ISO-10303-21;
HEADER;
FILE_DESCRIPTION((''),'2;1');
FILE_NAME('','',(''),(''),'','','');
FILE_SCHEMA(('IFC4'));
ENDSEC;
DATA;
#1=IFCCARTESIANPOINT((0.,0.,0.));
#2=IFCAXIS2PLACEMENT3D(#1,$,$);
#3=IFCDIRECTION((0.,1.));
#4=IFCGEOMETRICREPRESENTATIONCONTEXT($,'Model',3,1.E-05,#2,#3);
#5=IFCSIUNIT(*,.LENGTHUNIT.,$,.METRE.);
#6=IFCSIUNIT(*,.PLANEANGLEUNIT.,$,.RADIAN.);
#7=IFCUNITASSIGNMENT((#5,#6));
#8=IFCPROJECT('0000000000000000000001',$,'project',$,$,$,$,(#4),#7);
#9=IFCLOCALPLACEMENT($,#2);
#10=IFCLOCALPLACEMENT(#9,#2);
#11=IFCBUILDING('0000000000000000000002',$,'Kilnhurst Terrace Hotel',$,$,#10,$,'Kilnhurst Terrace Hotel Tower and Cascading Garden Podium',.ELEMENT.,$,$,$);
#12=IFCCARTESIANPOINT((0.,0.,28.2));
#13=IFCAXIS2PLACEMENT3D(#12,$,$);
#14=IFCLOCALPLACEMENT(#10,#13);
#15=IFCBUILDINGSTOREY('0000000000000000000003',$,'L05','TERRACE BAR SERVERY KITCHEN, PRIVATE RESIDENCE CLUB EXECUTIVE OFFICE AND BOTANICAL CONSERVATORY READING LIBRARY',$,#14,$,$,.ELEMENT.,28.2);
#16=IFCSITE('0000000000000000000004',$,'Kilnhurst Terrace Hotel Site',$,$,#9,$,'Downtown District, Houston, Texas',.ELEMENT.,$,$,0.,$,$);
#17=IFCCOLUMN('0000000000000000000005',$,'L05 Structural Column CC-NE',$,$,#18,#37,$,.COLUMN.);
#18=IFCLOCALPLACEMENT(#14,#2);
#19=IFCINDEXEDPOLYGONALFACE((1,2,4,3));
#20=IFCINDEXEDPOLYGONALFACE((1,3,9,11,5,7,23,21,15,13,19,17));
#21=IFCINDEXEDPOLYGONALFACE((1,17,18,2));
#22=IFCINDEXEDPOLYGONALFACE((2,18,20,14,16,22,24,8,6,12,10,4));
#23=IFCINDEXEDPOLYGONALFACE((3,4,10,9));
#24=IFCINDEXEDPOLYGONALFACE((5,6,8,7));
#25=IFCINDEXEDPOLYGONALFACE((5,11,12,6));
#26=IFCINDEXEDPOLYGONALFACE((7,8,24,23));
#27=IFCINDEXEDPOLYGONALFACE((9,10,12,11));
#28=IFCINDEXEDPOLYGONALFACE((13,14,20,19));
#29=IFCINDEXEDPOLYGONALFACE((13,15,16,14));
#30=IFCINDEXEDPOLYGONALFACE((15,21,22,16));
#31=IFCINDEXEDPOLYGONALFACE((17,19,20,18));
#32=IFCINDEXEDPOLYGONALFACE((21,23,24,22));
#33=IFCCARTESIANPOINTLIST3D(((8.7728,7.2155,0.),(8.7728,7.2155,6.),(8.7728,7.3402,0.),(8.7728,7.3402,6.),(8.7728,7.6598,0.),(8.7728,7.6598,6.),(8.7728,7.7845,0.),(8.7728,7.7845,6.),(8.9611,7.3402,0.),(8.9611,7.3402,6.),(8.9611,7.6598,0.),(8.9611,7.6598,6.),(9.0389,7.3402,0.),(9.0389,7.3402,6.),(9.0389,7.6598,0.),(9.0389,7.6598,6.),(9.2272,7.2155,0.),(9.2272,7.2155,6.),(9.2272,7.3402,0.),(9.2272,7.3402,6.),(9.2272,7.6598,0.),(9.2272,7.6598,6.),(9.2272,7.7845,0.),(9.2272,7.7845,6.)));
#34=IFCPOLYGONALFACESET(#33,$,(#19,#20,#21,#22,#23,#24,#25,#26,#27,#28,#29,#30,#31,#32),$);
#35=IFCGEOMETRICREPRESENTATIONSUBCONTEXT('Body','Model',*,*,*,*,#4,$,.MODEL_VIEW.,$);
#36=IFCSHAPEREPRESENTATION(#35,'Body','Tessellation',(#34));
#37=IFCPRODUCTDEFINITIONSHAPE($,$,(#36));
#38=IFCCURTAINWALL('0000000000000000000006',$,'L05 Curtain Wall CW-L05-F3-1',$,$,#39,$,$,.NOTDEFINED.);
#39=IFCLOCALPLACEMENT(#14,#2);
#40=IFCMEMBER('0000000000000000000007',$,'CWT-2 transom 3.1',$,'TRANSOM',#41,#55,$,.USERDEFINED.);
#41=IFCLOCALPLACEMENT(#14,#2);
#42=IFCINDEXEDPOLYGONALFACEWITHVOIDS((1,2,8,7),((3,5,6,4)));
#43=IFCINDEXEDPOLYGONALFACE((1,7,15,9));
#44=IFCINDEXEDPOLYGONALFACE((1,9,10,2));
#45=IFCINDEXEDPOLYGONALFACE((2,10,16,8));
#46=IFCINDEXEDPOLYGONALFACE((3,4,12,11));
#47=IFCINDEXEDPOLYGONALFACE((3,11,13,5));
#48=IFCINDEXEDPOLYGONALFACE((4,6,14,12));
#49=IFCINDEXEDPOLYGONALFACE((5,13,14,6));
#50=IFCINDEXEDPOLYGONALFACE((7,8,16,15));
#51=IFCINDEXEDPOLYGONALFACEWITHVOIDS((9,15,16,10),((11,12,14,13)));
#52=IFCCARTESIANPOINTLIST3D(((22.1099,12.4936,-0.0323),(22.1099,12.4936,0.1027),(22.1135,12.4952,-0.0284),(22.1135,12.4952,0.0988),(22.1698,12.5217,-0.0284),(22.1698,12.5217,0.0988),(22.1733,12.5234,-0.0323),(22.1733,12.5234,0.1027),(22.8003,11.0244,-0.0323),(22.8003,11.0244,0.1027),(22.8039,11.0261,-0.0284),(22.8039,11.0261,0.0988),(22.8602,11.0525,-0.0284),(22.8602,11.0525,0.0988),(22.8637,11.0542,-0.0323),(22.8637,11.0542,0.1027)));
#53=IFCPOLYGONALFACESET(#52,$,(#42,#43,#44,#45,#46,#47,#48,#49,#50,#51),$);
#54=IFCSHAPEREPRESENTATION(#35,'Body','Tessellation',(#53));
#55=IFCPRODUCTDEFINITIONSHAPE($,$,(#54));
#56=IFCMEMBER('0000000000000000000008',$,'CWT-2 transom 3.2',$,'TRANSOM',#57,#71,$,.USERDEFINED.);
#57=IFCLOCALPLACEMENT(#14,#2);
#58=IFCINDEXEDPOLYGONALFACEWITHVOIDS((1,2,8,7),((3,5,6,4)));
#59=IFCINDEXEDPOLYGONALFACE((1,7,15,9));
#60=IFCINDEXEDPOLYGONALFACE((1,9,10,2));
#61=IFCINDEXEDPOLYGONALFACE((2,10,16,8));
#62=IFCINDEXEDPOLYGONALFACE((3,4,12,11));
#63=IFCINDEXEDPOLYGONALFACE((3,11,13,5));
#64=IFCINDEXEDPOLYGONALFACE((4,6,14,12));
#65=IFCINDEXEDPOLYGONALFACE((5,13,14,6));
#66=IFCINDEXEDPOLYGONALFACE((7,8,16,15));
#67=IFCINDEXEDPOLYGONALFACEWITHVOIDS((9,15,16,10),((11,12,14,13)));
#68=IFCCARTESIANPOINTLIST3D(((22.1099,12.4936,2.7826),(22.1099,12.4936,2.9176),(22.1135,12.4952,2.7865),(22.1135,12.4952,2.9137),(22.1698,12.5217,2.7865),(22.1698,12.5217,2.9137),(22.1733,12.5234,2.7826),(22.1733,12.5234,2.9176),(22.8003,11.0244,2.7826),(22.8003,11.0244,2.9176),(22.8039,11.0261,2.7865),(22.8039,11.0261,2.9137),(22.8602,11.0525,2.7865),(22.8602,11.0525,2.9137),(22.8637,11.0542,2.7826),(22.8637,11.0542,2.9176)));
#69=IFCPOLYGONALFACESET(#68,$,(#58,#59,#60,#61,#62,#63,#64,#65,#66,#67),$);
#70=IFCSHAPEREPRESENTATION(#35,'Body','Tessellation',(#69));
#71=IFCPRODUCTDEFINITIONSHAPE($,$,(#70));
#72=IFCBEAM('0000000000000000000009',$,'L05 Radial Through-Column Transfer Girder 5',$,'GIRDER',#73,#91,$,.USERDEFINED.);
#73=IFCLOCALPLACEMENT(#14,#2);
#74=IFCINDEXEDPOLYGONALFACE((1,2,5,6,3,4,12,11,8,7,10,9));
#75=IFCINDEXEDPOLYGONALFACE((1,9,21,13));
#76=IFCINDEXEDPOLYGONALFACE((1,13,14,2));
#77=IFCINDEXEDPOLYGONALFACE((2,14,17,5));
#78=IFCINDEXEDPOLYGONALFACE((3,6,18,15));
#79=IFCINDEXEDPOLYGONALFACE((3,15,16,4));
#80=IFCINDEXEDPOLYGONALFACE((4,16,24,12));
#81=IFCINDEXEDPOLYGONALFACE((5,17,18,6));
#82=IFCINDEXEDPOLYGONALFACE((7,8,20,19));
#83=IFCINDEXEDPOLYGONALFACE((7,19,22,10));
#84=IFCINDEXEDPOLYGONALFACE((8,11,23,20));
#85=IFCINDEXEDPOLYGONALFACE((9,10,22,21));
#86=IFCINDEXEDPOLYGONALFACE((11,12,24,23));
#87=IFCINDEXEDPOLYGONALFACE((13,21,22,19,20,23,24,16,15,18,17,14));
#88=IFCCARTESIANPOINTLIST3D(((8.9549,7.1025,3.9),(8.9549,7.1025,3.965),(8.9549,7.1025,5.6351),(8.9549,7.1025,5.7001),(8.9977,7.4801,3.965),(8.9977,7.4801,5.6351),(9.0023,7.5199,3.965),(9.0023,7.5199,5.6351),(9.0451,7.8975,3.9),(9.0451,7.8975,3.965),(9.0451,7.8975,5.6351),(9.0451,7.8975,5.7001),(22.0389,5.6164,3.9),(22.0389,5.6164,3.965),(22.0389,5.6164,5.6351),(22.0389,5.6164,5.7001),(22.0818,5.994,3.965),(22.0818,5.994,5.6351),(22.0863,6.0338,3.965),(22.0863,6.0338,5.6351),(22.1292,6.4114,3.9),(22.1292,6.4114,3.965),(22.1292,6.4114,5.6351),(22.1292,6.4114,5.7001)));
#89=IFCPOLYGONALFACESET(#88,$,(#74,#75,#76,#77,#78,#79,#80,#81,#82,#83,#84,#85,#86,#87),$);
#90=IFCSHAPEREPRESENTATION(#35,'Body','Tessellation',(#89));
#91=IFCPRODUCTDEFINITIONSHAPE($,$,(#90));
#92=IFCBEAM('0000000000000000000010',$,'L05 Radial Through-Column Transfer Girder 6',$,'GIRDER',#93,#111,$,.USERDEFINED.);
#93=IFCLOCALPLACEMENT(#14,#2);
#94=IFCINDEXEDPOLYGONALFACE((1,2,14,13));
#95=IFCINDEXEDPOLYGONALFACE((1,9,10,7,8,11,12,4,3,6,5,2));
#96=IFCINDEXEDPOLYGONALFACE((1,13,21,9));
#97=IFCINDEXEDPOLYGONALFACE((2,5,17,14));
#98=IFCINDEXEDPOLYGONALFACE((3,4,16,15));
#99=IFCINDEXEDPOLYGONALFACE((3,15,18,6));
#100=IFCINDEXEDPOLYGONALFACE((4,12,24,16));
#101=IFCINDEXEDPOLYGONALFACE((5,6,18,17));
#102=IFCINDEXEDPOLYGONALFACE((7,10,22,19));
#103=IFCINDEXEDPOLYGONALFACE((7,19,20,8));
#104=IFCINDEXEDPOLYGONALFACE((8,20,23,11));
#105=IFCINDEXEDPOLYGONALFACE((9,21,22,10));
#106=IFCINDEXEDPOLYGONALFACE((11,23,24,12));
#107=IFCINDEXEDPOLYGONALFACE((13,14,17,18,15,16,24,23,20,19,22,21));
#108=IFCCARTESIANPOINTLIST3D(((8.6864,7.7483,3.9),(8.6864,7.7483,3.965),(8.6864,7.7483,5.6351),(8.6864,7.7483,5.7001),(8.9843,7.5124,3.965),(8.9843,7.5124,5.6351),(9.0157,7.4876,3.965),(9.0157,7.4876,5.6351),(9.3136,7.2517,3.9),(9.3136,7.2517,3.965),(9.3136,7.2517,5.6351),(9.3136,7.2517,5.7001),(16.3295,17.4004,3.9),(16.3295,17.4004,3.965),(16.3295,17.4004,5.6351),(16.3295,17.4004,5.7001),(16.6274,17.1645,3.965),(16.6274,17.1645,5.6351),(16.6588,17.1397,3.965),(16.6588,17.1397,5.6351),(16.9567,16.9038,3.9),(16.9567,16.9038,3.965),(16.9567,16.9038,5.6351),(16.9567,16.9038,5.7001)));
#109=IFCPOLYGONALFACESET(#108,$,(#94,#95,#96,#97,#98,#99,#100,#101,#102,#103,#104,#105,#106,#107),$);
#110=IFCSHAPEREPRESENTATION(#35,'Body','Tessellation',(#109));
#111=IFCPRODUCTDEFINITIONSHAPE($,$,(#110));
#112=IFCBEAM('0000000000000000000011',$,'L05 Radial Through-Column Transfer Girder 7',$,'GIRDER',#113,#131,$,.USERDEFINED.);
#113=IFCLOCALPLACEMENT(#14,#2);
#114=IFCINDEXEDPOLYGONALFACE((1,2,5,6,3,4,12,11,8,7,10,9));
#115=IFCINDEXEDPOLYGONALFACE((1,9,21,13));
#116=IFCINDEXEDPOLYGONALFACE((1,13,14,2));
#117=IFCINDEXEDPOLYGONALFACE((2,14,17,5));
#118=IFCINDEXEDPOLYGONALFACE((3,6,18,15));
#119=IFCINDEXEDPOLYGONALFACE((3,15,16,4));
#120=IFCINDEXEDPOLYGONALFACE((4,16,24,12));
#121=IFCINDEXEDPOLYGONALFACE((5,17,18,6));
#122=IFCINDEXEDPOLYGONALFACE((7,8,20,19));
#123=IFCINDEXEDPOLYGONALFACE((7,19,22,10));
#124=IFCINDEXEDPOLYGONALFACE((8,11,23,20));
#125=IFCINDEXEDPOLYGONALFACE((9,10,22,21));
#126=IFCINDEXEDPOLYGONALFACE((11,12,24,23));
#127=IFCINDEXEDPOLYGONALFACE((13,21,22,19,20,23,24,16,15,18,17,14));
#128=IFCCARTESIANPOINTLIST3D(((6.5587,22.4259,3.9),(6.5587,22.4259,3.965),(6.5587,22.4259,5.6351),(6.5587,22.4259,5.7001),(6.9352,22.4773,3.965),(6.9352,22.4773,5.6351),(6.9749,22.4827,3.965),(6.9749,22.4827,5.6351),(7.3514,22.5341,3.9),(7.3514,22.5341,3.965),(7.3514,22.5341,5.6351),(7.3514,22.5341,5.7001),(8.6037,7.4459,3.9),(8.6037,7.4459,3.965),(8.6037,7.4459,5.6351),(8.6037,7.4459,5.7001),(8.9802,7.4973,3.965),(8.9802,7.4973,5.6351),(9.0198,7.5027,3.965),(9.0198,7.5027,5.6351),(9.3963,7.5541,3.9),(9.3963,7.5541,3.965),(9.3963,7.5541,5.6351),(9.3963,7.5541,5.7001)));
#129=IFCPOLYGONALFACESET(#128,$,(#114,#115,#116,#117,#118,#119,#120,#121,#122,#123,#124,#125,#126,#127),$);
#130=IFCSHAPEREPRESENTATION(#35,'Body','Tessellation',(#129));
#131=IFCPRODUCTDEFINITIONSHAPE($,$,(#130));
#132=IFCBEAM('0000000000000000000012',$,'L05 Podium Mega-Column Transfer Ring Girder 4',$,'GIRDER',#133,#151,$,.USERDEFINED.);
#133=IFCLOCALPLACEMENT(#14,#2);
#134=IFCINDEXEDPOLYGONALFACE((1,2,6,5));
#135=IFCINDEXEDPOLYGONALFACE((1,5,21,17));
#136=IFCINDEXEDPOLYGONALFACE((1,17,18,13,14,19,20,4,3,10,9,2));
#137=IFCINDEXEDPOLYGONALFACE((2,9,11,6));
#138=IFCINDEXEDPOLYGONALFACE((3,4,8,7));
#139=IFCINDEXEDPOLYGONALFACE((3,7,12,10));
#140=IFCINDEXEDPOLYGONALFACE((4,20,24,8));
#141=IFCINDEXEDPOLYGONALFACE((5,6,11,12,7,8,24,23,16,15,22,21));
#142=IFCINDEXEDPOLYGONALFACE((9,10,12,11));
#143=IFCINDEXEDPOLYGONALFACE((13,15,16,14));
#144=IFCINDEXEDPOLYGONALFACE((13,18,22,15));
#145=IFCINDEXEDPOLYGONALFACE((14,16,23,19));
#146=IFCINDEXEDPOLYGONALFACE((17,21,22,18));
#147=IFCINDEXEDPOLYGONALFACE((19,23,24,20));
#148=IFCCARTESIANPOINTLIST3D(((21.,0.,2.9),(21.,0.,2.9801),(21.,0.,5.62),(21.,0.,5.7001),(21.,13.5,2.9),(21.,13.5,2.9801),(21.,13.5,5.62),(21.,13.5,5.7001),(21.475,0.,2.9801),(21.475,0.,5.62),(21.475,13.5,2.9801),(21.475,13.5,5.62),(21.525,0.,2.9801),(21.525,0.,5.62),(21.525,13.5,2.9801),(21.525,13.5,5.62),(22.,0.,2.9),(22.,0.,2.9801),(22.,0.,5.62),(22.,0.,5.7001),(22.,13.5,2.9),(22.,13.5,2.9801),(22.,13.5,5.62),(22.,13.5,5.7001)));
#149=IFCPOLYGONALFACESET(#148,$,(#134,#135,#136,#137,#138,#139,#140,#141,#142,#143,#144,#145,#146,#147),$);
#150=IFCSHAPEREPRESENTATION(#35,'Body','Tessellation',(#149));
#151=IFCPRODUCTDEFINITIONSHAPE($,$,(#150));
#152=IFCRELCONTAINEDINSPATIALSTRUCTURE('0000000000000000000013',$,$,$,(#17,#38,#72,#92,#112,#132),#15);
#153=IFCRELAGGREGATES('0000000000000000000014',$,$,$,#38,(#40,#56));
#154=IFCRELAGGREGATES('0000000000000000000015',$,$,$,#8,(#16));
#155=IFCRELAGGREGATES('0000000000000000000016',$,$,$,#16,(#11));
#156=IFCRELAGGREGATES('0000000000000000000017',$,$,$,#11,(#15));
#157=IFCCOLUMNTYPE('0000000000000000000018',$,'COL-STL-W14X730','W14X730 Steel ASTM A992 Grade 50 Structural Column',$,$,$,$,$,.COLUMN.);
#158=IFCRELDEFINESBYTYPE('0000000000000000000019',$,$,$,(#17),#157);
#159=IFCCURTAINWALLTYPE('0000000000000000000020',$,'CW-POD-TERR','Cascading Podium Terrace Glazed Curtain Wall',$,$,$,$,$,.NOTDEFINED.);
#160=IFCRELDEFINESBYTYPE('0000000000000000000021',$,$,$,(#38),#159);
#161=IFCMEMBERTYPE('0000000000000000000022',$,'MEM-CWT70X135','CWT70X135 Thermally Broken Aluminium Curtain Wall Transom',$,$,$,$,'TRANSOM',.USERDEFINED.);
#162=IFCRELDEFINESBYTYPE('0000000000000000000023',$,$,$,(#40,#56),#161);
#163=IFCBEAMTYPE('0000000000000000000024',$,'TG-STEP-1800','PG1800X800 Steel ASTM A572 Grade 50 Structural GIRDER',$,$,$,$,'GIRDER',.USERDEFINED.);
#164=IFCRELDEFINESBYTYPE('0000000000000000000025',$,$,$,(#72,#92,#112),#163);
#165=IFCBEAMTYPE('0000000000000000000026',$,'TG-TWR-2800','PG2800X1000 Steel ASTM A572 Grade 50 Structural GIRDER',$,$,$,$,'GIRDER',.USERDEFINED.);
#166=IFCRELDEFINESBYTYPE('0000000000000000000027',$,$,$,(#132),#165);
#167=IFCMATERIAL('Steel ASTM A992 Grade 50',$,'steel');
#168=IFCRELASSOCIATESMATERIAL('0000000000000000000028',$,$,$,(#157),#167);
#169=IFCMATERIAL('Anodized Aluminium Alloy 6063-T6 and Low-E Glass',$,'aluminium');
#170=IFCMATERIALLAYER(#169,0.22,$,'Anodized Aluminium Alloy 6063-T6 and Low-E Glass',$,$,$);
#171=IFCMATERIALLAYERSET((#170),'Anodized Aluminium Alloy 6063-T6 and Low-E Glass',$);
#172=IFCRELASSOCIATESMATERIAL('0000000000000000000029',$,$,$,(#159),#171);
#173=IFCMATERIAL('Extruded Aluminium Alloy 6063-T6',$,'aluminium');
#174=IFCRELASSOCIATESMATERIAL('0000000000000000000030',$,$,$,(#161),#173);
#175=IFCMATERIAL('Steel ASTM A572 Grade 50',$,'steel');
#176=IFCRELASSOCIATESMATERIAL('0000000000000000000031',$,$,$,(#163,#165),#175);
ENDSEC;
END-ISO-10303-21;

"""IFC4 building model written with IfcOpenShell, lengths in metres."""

from ifc_helpers import new_model, si_unit, direction, frame, origin, origin_2d, place, context, subcontext, project, spatial, hollow_rectangle, i_section, extrude, material, layer, layer_set, material_profile, profile_set, type_object, element, aggregate, save


model = new_model("IFC4")

# Units and contexts
model_context = context("Model", 3, precision=1e-05, world=origin(), true_north=direction((0.0, 1.0)))
body_context = subcontext(model_context, "Body", "Model", "MODEL_VIEW")
ifc_project = project(units=[si_unit("LENGTHUNIT", "METRE"), si_unit("PLANEANGLEUNIT", "RADIAN")], contexts=[model_context])

# Site, building, storey
site_placement = place(None, origin())
site = spatial("IfcSite", under=ifc_project, at=site_placement, Name="Kilnhurst Terrace Hotel Site", LongName="Downtown District, Houston, Texas", CompositionType="ELEMENT", RefElevation=0.0)
building_placement = place(site_placement, origin())
building = spatial("IfcBuilding", under=site, at=building_placement, Name="Kilnhurst Terrace Hotel", LongName="Kilnhurst Terrace Hotel Tower and Cascading Garden Podium", CompositionType="ELEMENT")
storey_placement = place(building_placement, frame((0.0, 0.0, 28.2)))
storey = spatial("IfcBuildingStorey", under=building, at=storey_placement, Name="L05", Description="TERRACE BAR SERVERY KITCHEN, PRIVATE RESIDENCE CLUB EXECUTIVE OFFICE AND BOTANICAL CONSERVATORY READING LIBRARY", CompositionType="ELEMENT", Elevation=28.2)

# Column
ifc_material_1 = material(Name="Steel ASTM A992 Grade 50", Category="steel")
ifc_material_profile_1 = material_profile(ifc_material_1, i_section(OverallWidth=0.4543, OverallDepth=0.5691, WebThickness=0.0779, FlangeThickness=0.1248, at=origin_2d()), Name="W14X730")
ifc_profile_set_1 = profile_set([ifc_material_profile_1], Name="Steel ASTM A992 Grade 50")
column_type = type_object("IfcColumnType", Name="COL-STL-W14X730", Description="W14X730 Steel ASTM A992 Grade 50 Structural Column", PredefinedType="COLUMN", material=ifc_profile_set_1)
column_placement = place(storey_placement, frame((9.0, 7.5, 0.0), z_axis=(0.0, 0.0, 1.0), x_axis=(1.0, 0.0, 0.0)))
element("IfcColumn", 1, at=column_placement, inside=storey, type_object=column_type, Name="L05 Structural Column CC-NE", PredefinedType="COLUMN", context=body_context, shape_type="SweptSolid", body=[
    extrude(i_section(OverallWidth=0.4543, OverallDepth=0.5691, WebThickness=0.0779, FlangeThickness=0.1248, at=origin_2d()), origin(), (0.0, 0.0, 1.0), 6.0),
])

# Curtain wall, members
ifc_material_2 = material(Name="Anodized Aluminium Alloy 6063-T6 and Low-E Glass", Category="aluminium")
ifc_layer_1 = layer(ifc_material_2, 0.22, Name="Anodized Aluminium Alloy 6063-T6 and Low-E Glass")
ifc_layer_set_1 = layer_set([ifc_layer_1], Name="Anodized Aluminium Alloy 6063-T6 and Low-E Glass")
curtain_wall_type = type_object("IfcCurtainWallType", Name="CW-POD-TERR", Description="Cascading Podium Terrace Glazed Curtain Wall", PredefinedType="NOTDEFINED", material=ifc_layer_set_1)
curtain_wall_placement = place(storey_placement, origin())
curtain_wall = element("IfcCurtainWall", 2, at=curtain_wall_placement, inside=storey, type_object=curtain_wall_type, Name="L05 Curtain Wall CW-L05-F3-1", PredefinedType="NOTDEFINED")
ifc_material_3 = material(Name="Extruded Aluminium Alloy 6063-T6", Category="aluminium")
ifc_material_profile_2 = material_profile(ifc_material_3, hollow_rectangle(XDim=0.0701, YDim=0.135, WallThickness=0.0039, at=origin_2d()), Name="CWT70X135")
ifc_profile_set_2 = profile_set([ifc_material_profile_2], Name="Extruded Aluminium Alloy 6063-T6")
member_type = type_object("IfcMemberType", Name="MEM-CWT70X135", Description="CWT70X135 Thermally Broken Aluminium Curtain Wall Transom", ElementType="TRANSOM", PredefinedType="USERDEFINED", material=ifc_profile_set_2)
member_1_placement = place(storey_placement, frame((22.832, 11.0393, 0.0352), z_axis=(-0.425304, 0.90505, 0.0), x_axis=(-0.90505, -0.425304, 0.0)))
member_1 = element("IfcMember", 3, at=member_1_placement, type_object=member_type, Name="CWT-2 transom 3.1", ObjectType="TRANSOM", PredefinedType="USERDEFINED", context=body_context, shape_type="SweptSolid", body=[
    extrude(hollow_rectangle(XDim=0.0701, YDim=0.135, WallThickness=0.0039, at=origin_2d()), origin(), (0.0, 0.0, 1.0), 1.6233),
])
member_2_placement = place(storey_placement, frame((22.832, 11.0393, 2.8501), z_axis=(-0.425304, 0.90505, 0.0), x_axis=(-0.90505, -0.425304, 0.0)))
member_2 = element("IfcMember", 4, at=member_2_placement, type_object=member_type, Name="CWT-2 transom 3.2", ObjectType="TRANSOM", PredefinedType="USERDEFINED", context=body_context, shape_type="SweptSolid", body=[
    extrude(hollow_rectangle(XDim=0.0701, YDim=0.135, WallThickness=0.0039, at=origin_2d()), origin(), (0.0, 0.0, 1.0), 1.6233),
])
aggregate(curtain_wall, [member_1, member_2])

# Beams
ifc_material_4 = material(Name="Steel ASTM A572 Grade 50", Category="steel")
ifc_material_profile_3 = material_profile(ifc_material_4, i_section(OverallWidth=0.8, OverallDepth=1.8, WebThickness=0.04, FlangeThickness=0.0649, at=origin_2d()), Name="PG1800X800")
ifc_profile_set_3 = profile_set([ifc_material_profile_3], Name="Steel ASTM A572 Grade 50")
beam_type_1 = type_object("IfcBeamType", Name="TG-STEP-1800", Description="PG1800X800 Steel ASTM A572 Grade 50 Structural GIRDER", ElementType="GIRDER", PredefinedType="USERDEFINED", material=ifc_profile_set_3)
beam_1_placement = place(storey_placement, frame((9.0, 7.5, 4.8), z_axis=(0.993611, -0.112855, 0.0), x_axis=(0.112855, 0.993611, 0.0)))
element("IfcBeam", 5, at=beam_1_placement, inside=storey, type_object=beam_type_1, Name="L05 Radial Through-Column Transfer Girder 5", ObjectType="GIRDER", PredefinedType="USERDEFINED", context=body_context, shape_type="SweptSolid", body=[
    extrude(i_section(OverallWidth=0.8, OverallDepth=1.8, WebThickness=0.04, FlangeThickness=0.0649, at=origin_2d()), origin(), (0.0, 0.0, 1.0), 13.1682),
])
beam_2_placement = place(storey_placement, frame((9.0, 7.5, 4.8), z_axis=(0.620794, 0.783974, 0.0), x_axis=(-0.783974, 0.620794, 0.0)))
element("IfcBeam", 6, at=beam_2_placement, inside=storey, type_object=beam_type_1, Name="L05 Radial Through-Column Transfer Girder 6", ObjectType="GIRDER", PredefinedType="USERDEFINED", context=body_context, shape_type="SweptSolid", body=[
    extrude(i_section(OverallWidth=0.8, OverallDepth=1.8, WebThickness=0.04, FlangeThickness=0.0649, at=origin_2d()), origin(), (0.0, 0.0, 1.0), 12.3118),
])
beam_3_placement = place(storey_placement, frame((9.0, 7.5, 4.8), z_axis=(-0.135256, 0.990811, 0.0), x_axis=(-0.990811, -0.135256, 0.0)))
element("IfcBeam", 7, at=beam_3_placement, inside=storey, type_object=beam_type_1, Name="L05 Radial Through-Column Transfer Girder 7", ObjectType="GIRDER", PredefinedType="USERDEFINED", context=body_context, shape_type="SweptSolid", body=[
    extrude(i_section(OverallWidth=0.8, OverallDepth=1.8, WebThickness=0.04, FlangeThickness=0.0649, at=origin_2d()), origin(), (0.0, 0.0, 1.0), 15.1189),
])
ifc_material_profile_4 = material_profile(ifc_material_4, i_section(OverallWidth=1.0, OverallDepth=2.8, WebThickness=0.05, FlangeThickness=0.0801, at=origin_2d()), Name="PG2800X1000")
ifc_profile_set_4 = profile_set([ifc_material_profile_4], Name="Steel ASTM A572 Grade 50")
beam_type_2 = type_object("IfcBeamType", Name="TG-TWR-2800", Description="PG2800X1000 Steel ASTM A572 Grade 50 Structural GIRDER", ElementType="GIRDER", PredefinedType="USERDEFINED", material=ifc_profile_set_4)
beam_4_placement = place(storey_placement, frame((21.5, 0.0, 4.3), z_axis=(0.0, 1.0, 0.0), x_axis=(-1.0, 0.0, 0.0)))
element("IfcBeam", 8, at=beam_4_placement, inside=storey, type_object=beam_type_2, Name="L05 Podium Mega-Column Transfer Ring Girder 4", ObjectType="GIRDER", PredefinedType="USERDEFINED", context=body_context, shape_type="SweptSolid", body=[
    extrude(i_section(OverallWidth=1.0, OverallDepth=2.8, WebThickness=0.05, FlangeThickness=0.0801, at=origin_2d()), origin(), (0.0, 0.0, 1.0), 13.5),
])

save(model, "model.ifc")
